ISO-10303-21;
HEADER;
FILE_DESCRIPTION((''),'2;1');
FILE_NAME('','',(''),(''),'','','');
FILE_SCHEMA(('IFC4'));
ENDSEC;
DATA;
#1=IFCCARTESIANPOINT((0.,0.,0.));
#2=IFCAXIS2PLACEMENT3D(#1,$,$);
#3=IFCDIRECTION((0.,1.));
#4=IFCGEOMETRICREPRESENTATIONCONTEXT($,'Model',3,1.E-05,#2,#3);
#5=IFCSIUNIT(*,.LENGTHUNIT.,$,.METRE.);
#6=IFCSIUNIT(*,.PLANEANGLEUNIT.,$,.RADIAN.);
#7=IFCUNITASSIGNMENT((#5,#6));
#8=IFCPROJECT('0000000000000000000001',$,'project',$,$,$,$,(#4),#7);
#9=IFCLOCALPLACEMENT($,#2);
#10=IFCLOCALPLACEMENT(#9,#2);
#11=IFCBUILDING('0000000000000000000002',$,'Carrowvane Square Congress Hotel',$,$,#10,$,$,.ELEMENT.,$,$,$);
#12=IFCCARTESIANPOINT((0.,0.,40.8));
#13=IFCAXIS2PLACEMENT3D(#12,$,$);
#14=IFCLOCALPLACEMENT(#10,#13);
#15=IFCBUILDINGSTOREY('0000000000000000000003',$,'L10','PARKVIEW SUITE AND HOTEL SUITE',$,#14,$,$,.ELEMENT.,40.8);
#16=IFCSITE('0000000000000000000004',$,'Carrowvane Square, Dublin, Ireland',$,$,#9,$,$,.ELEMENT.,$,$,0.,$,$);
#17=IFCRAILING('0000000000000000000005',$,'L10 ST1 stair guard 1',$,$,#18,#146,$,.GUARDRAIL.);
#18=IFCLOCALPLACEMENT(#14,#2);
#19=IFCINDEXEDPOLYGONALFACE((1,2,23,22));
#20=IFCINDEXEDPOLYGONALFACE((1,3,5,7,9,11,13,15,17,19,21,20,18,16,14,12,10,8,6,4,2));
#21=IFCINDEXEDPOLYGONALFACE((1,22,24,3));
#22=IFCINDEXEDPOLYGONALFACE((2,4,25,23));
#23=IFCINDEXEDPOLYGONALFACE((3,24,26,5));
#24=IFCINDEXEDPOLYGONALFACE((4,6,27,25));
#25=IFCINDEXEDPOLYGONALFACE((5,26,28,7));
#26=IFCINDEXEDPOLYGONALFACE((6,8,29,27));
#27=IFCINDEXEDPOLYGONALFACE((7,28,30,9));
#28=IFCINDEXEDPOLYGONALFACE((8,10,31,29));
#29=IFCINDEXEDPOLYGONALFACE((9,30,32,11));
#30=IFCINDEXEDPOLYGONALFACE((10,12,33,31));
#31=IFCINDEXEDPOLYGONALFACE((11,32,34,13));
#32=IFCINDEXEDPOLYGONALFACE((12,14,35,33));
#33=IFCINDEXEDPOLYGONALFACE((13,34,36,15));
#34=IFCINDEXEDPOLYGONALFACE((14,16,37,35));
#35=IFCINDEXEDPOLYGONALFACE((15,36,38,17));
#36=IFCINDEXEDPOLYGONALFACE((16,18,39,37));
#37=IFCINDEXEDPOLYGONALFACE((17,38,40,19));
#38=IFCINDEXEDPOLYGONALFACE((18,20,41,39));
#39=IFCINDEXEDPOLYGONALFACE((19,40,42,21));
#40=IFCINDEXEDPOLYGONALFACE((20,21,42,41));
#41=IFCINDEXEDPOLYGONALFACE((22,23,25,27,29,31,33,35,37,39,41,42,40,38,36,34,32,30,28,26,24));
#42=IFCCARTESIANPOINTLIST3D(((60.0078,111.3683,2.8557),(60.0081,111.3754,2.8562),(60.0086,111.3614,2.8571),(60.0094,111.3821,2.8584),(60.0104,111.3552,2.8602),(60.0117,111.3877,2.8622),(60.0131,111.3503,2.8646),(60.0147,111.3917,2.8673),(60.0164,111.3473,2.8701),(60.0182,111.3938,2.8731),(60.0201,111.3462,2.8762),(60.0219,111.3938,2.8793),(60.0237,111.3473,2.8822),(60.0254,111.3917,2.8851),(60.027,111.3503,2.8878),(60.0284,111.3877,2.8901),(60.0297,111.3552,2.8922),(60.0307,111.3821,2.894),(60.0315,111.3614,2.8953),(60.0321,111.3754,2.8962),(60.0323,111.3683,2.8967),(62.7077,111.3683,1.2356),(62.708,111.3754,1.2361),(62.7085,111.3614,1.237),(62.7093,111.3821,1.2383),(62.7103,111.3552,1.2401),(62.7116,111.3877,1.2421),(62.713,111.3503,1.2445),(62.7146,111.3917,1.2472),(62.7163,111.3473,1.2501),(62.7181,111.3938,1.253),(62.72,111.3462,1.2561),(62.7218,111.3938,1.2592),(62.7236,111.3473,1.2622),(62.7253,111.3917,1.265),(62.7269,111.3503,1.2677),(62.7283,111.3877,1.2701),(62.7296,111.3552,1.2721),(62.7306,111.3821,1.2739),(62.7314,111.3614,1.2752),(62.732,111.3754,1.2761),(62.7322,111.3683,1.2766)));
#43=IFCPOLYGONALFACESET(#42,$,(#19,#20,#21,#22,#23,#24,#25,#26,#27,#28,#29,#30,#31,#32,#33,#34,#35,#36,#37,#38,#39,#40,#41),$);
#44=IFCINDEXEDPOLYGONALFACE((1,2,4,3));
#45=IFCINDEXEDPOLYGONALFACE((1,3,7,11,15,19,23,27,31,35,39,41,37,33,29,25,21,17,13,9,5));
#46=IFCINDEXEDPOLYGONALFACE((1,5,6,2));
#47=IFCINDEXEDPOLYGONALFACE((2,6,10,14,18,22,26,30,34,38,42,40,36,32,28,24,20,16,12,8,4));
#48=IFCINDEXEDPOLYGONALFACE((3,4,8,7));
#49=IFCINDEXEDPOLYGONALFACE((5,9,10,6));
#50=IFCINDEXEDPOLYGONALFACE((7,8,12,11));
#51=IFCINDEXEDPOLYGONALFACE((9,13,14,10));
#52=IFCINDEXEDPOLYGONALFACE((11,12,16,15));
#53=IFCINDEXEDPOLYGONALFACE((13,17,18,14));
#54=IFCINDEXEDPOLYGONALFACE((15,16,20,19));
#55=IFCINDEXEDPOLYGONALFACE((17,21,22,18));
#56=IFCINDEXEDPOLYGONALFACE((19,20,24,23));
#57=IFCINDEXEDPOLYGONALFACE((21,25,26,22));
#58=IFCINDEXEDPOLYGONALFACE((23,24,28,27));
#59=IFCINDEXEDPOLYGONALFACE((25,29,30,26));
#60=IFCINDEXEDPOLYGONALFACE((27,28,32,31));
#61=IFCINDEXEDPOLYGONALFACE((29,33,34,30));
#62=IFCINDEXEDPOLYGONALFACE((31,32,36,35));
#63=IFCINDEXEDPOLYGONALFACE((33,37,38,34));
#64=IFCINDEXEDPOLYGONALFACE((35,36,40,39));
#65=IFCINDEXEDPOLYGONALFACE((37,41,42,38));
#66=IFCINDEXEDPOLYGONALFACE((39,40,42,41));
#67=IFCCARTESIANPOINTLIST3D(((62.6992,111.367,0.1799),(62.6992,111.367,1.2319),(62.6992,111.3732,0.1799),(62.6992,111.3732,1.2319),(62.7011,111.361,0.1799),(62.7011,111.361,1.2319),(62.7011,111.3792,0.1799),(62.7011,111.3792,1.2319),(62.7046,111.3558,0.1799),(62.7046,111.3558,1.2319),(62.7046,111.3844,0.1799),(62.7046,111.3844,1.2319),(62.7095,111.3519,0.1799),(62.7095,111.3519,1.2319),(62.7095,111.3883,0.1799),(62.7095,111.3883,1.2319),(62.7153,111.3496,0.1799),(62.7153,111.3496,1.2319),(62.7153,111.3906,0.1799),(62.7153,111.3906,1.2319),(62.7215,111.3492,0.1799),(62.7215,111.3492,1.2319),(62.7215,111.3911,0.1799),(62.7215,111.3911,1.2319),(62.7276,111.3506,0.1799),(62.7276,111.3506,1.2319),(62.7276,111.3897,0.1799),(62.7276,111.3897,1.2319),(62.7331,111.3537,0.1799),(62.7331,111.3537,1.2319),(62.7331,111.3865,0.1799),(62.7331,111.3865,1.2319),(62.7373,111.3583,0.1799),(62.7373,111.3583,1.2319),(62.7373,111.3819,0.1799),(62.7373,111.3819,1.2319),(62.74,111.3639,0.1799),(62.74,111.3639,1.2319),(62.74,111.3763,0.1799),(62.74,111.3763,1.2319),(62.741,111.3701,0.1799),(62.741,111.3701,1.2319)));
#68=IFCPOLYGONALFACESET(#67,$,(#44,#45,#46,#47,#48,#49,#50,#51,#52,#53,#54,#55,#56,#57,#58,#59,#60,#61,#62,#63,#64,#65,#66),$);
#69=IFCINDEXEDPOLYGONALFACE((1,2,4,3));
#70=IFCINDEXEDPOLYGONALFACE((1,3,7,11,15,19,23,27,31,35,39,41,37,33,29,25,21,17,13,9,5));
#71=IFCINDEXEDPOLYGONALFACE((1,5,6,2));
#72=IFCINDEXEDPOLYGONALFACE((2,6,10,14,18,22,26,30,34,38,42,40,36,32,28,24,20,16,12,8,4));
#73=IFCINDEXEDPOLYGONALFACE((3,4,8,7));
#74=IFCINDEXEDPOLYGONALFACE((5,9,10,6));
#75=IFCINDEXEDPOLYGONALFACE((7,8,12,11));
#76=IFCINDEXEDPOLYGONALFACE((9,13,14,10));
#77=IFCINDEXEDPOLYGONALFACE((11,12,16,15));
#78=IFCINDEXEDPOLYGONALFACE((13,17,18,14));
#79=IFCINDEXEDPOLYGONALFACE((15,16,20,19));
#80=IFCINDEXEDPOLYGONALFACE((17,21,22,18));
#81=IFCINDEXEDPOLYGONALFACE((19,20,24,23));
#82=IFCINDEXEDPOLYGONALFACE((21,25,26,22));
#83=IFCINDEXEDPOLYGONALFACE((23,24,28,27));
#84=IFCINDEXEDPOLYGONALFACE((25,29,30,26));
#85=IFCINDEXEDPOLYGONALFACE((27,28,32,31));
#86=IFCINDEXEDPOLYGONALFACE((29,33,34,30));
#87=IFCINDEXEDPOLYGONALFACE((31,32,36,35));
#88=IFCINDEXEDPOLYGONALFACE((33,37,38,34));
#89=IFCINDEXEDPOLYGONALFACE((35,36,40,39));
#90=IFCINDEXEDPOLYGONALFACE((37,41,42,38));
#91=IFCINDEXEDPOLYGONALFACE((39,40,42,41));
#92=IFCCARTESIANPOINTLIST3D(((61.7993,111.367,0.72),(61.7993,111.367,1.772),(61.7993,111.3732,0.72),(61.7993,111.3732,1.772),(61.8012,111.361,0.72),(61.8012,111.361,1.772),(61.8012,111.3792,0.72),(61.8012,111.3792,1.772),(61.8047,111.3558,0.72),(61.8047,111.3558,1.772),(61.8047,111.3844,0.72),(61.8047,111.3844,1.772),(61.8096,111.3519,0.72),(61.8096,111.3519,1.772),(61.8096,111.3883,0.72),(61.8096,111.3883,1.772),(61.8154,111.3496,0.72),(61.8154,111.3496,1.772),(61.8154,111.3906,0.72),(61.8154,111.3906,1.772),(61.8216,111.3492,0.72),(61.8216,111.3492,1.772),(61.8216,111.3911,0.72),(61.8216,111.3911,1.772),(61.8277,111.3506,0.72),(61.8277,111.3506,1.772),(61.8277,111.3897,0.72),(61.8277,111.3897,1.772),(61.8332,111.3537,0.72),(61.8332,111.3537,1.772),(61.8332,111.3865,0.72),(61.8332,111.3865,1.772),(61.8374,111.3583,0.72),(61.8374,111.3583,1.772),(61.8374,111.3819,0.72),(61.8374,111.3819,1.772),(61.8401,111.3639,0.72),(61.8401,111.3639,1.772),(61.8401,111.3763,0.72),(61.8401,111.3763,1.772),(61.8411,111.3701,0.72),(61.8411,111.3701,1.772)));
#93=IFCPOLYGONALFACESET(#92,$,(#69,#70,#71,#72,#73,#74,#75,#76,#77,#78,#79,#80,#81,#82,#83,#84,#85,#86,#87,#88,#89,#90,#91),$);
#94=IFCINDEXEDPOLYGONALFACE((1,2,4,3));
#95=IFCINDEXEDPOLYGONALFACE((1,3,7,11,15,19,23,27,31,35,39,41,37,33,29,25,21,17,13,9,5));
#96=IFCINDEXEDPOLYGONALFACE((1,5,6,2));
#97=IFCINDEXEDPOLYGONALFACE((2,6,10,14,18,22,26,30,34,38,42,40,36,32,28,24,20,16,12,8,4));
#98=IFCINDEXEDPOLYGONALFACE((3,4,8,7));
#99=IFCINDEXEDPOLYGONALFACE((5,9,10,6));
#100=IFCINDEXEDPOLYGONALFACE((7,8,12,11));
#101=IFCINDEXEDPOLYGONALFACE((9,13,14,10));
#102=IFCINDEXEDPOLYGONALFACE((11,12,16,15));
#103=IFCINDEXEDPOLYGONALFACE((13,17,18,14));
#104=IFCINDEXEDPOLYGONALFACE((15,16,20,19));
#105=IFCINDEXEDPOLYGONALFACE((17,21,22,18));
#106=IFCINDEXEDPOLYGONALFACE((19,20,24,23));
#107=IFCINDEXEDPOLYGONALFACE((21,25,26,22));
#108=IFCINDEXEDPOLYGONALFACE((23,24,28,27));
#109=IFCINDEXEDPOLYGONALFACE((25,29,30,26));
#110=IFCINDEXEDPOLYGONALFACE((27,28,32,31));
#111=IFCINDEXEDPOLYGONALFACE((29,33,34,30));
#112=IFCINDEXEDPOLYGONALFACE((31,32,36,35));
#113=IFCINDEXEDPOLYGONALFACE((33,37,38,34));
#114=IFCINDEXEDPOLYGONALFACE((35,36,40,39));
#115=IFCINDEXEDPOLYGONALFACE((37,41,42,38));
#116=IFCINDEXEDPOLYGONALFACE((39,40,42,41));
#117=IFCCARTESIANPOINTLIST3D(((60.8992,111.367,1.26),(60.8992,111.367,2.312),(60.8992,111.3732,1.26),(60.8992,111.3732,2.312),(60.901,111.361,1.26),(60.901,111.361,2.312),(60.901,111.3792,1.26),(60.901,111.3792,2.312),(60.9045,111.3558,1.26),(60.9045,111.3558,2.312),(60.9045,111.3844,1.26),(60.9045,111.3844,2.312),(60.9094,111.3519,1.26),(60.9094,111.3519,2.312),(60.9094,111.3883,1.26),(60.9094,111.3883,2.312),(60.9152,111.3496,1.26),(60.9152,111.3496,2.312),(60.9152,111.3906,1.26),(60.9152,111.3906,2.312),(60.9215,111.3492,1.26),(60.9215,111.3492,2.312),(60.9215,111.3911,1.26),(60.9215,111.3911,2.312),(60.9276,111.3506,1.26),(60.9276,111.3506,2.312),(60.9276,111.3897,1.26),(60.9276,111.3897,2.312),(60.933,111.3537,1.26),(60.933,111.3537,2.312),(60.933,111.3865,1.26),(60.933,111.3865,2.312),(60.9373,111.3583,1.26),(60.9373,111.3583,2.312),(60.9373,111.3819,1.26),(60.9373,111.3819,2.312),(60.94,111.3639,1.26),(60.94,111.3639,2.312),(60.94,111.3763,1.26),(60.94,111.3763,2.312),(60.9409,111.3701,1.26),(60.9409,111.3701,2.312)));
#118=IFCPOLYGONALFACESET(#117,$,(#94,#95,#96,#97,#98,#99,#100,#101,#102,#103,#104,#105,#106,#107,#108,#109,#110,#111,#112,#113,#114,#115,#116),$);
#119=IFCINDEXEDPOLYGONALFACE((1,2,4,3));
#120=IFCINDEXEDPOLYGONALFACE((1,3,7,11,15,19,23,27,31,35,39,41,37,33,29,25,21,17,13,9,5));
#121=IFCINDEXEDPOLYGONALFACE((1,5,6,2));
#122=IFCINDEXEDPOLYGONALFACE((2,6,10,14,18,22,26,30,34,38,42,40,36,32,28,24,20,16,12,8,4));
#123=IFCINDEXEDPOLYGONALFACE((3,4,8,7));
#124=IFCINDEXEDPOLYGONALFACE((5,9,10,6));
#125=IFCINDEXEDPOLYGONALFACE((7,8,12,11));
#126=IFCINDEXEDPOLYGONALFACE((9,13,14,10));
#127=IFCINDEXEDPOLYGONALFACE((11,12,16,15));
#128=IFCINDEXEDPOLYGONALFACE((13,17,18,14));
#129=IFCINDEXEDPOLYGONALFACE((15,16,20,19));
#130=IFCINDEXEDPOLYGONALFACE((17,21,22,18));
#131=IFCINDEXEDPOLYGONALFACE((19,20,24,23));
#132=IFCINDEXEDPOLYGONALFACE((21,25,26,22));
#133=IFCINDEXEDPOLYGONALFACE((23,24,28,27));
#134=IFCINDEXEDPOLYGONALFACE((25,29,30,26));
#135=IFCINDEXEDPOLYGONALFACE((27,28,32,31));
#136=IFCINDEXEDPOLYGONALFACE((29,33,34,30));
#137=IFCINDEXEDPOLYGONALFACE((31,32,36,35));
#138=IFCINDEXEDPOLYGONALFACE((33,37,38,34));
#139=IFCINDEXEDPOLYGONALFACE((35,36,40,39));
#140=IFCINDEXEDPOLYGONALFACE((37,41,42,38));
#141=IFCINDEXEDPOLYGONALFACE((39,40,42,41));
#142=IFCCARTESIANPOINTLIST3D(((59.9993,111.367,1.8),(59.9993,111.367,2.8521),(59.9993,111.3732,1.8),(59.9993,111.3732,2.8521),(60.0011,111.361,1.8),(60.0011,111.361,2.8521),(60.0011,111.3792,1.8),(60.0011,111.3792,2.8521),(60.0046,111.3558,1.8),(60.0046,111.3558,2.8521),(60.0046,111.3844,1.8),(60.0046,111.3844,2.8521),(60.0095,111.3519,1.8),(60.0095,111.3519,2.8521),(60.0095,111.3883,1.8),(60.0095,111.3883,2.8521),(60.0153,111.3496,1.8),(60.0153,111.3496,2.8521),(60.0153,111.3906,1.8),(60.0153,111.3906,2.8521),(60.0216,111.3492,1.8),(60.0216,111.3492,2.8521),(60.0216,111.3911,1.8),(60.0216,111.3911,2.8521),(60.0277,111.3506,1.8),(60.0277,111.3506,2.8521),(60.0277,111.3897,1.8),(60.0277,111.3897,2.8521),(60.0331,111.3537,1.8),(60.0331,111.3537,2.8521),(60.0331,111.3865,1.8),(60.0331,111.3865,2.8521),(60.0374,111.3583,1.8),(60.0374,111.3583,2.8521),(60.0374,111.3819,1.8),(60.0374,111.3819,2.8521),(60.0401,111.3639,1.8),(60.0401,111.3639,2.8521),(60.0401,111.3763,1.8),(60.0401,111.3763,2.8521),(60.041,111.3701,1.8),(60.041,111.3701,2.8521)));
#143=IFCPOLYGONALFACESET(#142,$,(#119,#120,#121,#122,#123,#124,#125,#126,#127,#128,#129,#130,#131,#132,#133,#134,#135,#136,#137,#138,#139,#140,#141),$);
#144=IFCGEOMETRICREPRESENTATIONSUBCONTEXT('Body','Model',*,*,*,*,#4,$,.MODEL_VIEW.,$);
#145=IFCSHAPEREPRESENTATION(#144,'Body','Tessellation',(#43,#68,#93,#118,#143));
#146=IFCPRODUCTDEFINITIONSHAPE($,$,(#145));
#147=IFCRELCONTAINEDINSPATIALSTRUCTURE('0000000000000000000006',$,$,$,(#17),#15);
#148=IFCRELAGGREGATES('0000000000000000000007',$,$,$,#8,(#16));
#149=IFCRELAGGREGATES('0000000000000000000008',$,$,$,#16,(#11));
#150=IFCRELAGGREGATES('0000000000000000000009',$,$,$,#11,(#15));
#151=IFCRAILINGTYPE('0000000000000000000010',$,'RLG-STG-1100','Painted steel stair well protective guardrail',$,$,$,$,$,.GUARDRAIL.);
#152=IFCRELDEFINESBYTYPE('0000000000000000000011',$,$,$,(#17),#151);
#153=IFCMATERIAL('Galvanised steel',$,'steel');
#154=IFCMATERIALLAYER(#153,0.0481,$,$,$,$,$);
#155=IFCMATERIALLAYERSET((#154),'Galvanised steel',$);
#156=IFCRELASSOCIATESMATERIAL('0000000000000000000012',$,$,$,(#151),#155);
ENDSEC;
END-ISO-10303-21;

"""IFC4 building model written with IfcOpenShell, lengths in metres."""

from ifc_helpers import new_model, si_unit, direction, frame, origin, origin_2d, place, context, subcontext, project, spatial, circle, extrude, material, layer, layer_set, type_object, element, save


model = new_model("IFC4")

# Units and contexts
model_context = context("Model", 3, precision=1e-05, world=origin(), true_north=direction((0.0, 1.0)))
body_context = subcontext(model_context, "Body", "Model", "MODEL_VIEW")
ifc_project = project(units=[si_unit("LENGTHUNIT", "METRE"), si_unit("PLANEANGLEUNIT", "RADIAN")], contexts=[model_context])

# Site, building, storey
site_placement = place(None, origin())
site = spatial("IfcSite", under=ifc_project, at=site_placement, Name="Carrowvane Square, Dublin, Ireland", CompositionType="ELEMENT", RefElevation=0.0)
building_placement = place(site_placement, origin())
building = spatial("IfcBuilding", under=site, at=building_placement, Name="Carrowvane Square Congress Hotel", CompositionType="ELEMENT")
storey_placement = place(building_placement, frame((0.0, 0.0, 40.8)))
storey = spatial("IfcBuildingStorey", under=building, at=storey_placement, Name="L10", Description="PARKVIEW SUITE AND HOTEL SUITE", CompositionType="ELEMENT", Elevation=40.8)

# Railing
ifc_material_1 = material(Name="Galvanised steel", Category="steel")
ifc_layer_1 = layer(ifc_material_1, 0.0481)
ifc_layer_set_1 = layer_set([ifc_layer_1], Name="Galvanised steel")
railing_type_1 = type_object("IfcRailingType", Name="RLG-STG-1100", Description="Painted steel stair well protective guardrail", PredefinedType="GUARDRAIL", material=ifc_layer_set_1)
railing_1_placement = place(storey_placement, frame((62.72, 111.3701, 0.1799)))
element("IfcRailing", 1, at=railing_1_placement, inside=storey, type_object=railing_type_1, Name="L10 ST1 stair guard 1", PredefinedType="GUARDRAIL", context=body_context, shape_type="SweptSolid", body=[
    extrude(circle(Radius=0.0239, at=origin_2d()), frame((0.0, 0.0, 1.0762), z_axis=(-0.857472, 0.0, 0.51453), x_axis=(0.0, -1.0, 0.0)), (0.0, 0.0, 1.0), 3.1487),
    extrude(circle(Radius=0.021, at=origin_2d()), origin(), (0.0, 0.0, 1.0), 1.052),
    extrude(circle(Radius=0.021, at=origin_2d()), frame((-0.8999, 0.0, 0.54)), (0.0, 0.0, 1.0), 1.052),
    extrude(circle(Radius=0.021, at=origin_2d()), frame((-1.8, 0.0, 1.0801)), (0.0, 0.0, 1.0), 1.052),
    extrude(circle(Radius=0.021, at=origin_2d()), frame((-2.7, 0.0, 1.6201)), (0.0, 0.0, 1.0), 1.052),
])

save(model, "model.ifc")
